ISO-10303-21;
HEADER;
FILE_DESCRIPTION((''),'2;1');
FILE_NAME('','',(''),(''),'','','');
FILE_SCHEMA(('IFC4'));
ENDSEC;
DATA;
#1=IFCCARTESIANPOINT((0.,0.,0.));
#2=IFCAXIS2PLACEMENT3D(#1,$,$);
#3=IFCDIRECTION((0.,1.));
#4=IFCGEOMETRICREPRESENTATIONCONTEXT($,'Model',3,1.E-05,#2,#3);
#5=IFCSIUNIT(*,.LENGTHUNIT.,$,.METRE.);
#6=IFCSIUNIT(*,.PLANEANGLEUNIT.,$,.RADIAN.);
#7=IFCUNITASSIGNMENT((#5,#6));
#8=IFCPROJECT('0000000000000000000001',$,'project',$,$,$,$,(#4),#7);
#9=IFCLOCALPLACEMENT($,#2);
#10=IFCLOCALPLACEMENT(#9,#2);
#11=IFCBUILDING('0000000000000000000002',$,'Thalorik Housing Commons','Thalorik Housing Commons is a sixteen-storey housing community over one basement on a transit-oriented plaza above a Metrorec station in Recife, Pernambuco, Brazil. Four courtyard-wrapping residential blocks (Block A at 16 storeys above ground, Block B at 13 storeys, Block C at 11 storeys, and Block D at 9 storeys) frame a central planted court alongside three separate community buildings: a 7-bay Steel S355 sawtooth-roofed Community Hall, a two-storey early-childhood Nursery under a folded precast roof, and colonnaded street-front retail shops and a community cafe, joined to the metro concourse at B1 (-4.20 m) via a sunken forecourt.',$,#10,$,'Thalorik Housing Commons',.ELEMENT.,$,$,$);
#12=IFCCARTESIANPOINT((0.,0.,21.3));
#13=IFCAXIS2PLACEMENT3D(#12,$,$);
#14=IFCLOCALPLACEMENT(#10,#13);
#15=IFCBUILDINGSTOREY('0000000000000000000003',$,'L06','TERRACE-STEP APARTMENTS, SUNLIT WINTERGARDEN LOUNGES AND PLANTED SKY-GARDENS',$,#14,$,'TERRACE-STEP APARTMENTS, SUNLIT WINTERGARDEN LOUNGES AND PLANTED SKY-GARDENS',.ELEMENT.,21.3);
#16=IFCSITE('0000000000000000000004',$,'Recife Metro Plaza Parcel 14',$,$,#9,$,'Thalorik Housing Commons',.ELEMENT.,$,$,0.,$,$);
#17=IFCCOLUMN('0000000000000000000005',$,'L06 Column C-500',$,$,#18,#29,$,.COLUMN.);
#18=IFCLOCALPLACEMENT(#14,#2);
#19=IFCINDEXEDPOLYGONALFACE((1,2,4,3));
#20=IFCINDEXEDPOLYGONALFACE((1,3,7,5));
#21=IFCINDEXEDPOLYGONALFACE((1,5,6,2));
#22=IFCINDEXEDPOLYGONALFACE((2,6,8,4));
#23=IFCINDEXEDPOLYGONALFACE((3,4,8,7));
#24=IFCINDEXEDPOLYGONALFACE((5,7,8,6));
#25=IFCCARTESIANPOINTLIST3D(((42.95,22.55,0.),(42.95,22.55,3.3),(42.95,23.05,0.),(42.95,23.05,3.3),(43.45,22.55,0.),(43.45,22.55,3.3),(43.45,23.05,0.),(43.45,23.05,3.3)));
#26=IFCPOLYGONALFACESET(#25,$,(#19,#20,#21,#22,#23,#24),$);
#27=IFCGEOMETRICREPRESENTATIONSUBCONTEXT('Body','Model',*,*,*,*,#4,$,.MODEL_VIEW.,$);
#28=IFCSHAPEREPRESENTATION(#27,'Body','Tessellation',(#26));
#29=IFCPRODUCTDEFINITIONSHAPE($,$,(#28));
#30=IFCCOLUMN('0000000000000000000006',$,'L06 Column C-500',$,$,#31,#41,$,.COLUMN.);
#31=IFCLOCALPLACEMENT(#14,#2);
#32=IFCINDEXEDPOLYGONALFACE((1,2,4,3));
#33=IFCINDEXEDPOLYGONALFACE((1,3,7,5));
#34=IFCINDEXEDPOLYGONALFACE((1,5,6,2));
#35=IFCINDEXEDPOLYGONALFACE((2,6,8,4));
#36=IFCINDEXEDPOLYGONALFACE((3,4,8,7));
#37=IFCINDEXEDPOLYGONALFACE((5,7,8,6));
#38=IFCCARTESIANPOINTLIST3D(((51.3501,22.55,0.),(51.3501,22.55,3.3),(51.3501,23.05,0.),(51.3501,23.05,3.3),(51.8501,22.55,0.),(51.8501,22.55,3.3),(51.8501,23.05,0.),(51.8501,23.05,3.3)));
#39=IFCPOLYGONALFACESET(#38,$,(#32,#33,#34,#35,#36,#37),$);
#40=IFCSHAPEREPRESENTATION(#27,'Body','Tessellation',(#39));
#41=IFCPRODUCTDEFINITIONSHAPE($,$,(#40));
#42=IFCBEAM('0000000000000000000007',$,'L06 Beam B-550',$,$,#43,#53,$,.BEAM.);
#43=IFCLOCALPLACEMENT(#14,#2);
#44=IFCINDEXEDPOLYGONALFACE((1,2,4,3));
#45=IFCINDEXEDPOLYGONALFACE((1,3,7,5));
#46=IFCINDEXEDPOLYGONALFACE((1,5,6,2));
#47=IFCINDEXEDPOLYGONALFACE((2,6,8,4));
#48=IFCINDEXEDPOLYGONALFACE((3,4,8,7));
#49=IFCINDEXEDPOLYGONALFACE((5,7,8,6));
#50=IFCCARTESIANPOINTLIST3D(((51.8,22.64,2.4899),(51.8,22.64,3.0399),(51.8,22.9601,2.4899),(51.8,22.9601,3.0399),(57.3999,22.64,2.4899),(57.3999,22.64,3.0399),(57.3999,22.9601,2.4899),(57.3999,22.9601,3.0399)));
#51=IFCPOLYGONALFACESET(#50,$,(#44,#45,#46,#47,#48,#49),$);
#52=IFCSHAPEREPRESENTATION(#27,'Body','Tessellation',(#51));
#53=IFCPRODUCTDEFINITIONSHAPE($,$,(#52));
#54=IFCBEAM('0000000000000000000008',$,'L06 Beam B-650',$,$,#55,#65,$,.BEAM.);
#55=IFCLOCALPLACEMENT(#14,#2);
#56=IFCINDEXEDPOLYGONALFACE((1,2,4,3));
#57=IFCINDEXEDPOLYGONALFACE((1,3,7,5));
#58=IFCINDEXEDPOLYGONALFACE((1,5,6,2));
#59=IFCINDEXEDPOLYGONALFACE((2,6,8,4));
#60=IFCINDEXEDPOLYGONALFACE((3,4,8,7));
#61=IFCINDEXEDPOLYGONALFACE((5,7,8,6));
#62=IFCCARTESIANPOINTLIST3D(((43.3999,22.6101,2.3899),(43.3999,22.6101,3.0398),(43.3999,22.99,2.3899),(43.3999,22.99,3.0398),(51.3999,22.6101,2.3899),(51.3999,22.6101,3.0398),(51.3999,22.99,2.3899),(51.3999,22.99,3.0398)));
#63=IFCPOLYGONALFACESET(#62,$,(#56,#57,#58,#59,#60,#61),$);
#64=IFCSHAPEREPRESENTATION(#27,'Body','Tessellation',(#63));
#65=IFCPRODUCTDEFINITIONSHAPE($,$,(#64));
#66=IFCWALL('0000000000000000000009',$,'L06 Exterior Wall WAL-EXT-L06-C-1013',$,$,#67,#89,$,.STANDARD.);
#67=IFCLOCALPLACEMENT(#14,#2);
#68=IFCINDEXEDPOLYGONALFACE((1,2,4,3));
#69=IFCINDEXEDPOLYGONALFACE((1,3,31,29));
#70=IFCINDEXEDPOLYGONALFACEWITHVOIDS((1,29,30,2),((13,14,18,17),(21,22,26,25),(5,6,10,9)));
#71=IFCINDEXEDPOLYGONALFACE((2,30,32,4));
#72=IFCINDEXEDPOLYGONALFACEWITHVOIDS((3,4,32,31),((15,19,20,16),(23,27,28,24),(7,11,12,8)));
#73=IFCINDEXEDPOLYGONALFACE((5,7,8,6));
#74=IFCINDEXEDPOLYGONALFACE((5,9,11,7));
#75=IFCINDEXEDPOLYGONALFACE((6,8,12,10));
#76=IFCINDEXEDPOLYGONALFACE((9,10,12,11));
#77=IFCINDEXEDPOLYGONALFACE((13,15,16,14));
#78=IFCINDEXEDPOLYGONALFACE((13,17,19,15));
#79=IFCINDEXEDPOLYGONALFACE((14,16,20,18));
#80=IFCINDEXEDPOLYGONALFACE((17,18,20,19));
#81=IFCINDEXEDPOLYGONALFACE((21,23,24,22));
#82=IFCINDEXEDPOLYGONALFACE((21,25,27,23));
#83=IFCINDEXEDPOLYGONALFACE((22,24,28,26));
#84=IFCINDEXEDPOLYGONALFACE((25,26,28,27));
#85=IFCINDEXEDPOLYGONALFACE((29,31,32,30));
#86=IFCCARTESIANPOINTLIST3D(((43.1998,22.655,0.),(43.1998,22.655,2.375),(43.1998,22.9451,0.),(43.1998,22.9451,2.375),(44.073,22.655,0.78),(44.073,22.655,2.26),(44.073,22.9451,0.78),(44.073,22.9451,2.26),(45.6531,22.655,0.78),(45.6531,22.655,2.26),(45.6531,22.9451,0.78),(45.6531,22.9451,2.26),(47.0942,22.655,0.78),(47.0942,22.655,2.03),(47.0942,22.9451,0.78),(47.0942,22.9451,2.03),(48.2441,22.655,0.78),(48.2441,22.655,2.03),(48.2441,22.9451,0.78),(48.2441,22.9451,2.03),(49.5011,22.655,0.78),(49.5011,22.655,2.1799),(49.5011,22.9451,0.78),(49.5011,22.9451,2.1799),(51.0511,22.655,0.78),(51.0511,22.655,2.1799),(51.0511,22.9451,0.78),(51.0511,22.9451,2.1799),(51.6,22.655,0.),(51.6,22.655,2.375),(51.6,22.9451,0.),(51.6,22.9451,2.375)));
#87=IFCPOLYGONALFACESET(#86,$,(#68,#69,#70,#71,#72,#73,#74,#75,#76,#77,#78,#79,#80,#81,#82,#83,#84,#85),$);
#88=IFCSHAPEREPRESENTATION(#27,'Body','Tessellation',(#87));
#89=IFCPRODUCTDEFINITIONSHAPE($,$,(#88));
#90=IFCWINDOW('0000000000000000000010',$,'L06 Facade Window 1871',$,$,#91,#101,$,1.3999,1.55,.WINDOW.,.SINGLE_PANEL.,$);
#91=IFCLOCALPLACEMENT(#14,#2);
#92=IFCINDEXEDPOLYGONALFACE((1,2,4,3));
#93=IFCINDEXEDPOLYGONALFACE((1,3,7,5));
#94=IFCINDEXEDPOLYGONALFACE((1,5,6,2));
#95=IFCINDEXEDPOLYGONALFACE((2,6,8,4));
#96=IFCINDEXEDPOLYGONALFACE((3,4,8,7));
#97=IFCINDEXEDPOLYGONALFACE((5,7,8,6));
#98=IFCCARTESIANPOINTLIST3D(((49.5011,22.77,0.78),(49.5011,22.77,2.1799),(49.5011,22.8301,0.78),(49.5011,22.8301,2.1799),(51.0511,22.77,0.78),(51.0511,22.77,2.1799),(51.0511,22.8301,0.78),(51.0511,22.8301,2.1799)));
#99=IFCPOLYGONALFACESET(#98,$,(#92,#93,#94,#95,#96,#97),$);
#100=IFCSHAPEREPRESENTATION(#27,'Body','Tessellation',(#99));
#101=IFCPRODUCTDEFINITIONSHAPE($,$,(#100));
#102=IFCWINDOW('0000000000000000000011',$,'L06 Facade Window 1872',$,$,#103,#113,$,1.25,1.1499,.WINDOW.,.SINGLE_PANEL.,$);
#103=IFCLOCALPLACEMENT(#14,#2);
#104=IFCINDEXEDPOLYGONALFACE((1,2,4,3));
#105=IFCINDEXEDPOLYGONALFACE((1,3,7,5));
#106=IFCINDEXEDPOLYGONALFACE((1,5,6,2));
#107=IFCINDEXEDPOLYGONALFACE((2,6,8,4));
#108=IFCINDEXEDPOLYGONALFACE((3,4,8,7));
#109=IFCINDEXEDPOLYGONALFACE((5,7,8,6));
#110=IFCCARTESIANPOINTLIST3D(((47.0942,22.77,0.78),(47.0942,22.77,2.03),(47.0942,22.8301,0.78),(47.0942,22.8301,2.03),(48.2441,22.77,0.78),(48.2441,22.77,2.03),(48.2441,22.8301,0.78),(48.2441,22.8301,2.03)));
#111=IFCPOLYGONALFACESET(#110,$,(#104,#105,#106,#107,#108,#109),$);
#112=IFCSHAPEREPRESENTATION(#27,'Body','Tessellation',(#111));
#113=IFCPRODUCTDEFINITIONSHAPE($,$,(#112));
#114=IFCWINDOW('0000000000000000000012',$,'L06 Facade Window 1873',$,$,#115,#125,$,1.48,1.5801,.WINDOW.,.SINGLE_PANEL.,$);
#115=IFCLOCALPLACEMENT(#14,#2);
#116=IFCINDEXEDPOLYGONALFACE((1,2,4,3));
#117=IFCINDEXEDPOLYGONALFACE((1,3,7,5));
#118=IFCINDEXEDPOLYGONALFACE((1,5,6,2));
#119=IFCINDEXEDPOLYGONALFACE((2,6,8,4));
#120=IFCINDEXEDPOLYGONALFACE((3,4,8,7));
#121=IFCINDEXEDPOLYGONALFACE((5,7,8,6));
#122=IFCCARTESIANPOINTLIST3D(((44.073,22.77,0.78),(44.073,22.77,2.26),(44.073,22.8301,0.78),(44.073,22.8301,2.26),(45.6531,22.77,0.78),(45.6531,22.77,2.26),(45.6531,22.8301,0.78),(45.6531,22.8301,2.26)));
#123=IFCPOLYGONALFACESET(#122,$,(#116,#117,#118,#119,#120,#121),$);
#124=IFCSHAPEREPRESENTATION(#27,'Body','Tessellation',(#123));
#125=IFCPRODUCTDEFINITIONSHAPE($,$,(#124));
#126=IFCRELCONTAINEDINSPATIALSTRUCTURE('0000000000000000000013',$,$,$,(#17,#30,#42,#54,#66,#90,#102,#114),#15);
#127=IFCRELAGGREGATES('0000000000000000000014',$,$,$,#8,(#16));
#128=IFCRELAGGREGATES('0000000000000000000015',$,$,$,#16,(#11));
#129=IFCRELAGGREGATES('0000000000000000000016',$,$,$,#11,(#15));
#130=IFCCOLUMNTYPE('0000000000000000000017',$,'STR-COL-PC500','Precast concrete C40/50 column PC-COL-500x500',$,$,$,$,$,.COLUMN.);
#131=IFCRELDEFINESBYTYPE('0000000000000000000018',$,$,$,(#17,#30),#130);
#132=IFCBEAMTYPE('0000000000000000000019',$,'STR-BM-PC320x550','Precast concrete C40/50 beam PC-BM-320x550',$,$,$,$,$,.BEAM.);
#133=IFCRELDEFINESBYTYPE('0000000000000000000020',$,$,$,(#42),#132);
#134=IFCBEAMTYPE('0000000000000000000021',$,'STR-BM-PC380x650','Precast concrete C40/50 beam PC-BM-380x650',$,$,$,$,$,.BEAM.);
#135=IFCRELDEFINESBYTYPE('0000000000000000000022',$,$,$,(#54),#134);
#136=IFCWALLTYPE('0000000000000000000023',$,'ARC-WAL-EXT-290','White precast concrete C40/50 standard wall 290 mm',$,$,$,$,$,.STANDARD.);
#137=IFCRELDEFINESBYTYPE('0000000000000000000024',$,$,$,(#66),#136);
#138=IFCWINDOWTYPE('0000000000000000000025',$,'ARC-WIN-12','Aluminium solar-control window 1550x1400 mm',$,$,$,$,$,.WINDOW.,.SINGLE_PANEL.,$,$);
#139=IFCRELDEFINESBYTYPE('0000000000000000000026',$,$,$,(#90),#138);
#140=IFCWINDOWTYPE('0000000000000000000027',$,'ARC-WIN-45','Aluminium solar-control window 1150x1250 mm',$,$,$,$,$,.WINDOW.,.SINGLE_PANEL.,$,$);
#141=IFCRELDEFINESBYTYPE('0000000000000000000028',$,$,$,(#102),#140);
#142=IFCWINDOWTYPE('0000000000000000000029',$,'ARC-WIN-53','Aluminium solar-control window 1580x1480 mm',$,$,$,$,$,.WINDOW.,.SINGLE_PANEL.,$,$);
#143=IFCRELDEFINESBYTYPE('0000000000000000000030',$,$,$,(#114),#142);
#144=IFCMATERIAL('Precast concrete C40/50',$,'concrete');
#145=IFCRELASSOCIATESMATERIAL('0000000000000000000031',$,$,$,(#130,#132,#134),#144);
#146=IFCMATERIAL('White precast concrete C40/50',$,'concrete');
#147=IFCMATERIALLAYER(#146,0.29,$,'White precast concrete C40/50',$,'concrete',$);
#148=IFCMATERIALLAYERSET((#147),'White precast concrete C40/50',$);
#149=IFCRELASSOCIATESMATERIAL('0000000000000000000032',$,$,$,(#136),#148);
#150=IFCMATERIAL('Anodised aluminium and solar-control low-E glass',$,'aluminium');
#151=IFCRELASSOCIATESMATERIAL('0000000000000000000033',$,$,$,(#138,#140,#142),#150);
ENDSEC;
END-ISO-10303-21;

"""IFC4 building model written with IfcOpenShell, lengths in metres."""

from ifc_helpers import new_model, si_unit, direction, frame, frame_2d, origin, origin_2d, place, context, subcontext, project, spatial, rectangle, extrude, material, layer, layer_set, material_profile, profile_set, type_object, element, fill, save


model = new_model("IFC4")

# Units and contexts
model_context = context("Model", 3, precision=1e-05, world=origin(), true_north=direction((0.0, 1.0)))
body_context = subcontext(model_context, "Body", "Model", "MODEL_VIEW")
ifc_project = project(units=[si_unit("LENGTHUNIT", "METRE"), si_unit("PLANEANGLEUNIT", "RADIAN")], contexts=[model_context])

# Site, building, storey
site_placement = place(None, origin())
site = spatial("IfcSite", under=ifc_project, at=site_placement, Name="Recife Metro Plaza Parcel 14", LongName="Thalorik Housing Commons", CompositionType="ELEMENT", RefElevation=0.0)
building_placement = place(site_placement, origin())
building = spatial("IfcBuilding", under=site, at=building_placement, Name="Thalorik Housing Commons", Description="Thalorik Housing Commons is a sixteen-storey housing community over one basement on a transit-oriented plaza above a Metrorec station in Recife, Pernambuco, Brazil. Four courtyard-wrapping residential blocks (Block A at 16 storeys above ground, Block B at 13 storeys, Block C at 11 storeys, and Block D at 9 storeys) frame a central planted court alongside three separate community buildings: a 7-bay Steel S355 sawtooth-roofed Community Hall, a two-storey early-childhood Nursery under a folded precast roof, and colonnaded street-front retail shops and a community cafe, joined to the metro concourse at B1 (-4.20 m) via a sunken forecourt.", LongName="Thalorik Housing Commons", CompositionType="ELEMENT")
storey_placement = place(building_placement, frame((0.0, 0.0, 21.3)))
storey = spatial("IfcBuildingStorey", under=building, at=storey_placement, Name="L06", Description="TERRACE-STEP APARTMENTS, SUNLIT WINTERGARDEN LOUNGES AND PLANTED SKY-GARDENS", LongName="TERRACE-STEP APARTMENTS, SUNLIT WINTERGARDEN LOUNGES AND PLANTED SKY-GARDENS", CompositionType="ELEMENT", Elevation=21.3)

# Columns
ifc_material_1 = material(Name="Precast concrete C40/50", Category="concrete")
ifc_material_profile_1 = material_profile(ifc_material_1, rectangle(XDim=0.5, YDim=0.5, at=origin_2d()), Name="PC 500x500", Category="concrete")
ifc_profile_set_1 = profile_set([ifc_material_profile_1], Name="Precast concrete C40/50")
column_type = type_object("IfcColumnType", Name="STR-COL-PC500", Description="Precast concrete C40/50 column PC-COL-500x500", PredefinedType="COLUMN", material=ifc_profile_set_1)
for number, where, z_axis, x_axis, name in (
    (1, (43.2, 22.8, 0.0), (0.0, 0.0, 1.0), (1.0, 0.0, 0.0), "L06 Column C-500"),
    (2, (51.6001, 22.8, 0.0), (0.0, 0.0, 1.0), (1.0, 0.0, 0.0), "L06 Column C-500"),
):
    element("IfcColumn", number, at=place(storey_placement, frame(where, z_axis=z_axis, x_axis=x_axis)), inside=storey, type_object=column_type, Name=name, PredefinedType="COLUMN", context=body_context, shape_type="SweptSolid", body=[
        extrude(rectangle(XDim=0.5, YDim=0.5, at=origin_2d()), origin(), (0.0, 0.0, 1.0), 3.3),
    ])

# Beams
ifc_material_profile_2 = material_profile(ifc_material_1, rectangle(XDim=0.3201, YDim=0.55, at=origin_2d()), Name="PC 320x550", Category="concrete")
ifc_profile_set_2 = profile_set([ifc_material_profile_2], Name="Precast concrete C40/50")
beam_type_1 = type_object("IfcBeamType", Name="STR-BM-PC320x550", Description="Precast concrete C40/50 beam PC-BM-320x550", PredefinedType="BEAM", material=ifc_profile_set_2)
beam_1_placement = place(storey_placement, frame((51.8, 22.8, 2.7649), z_axis=(1.0, 0.0, 0.0), x_axis=(0.0, 1.0, 0.0)))
element("IfcBeam", 3, at=beam_1_placement, inside=storey, type_object=beam_type_1, Name="L06 Beam B-550", PredefinedType="BEAM", context=body_context, shape_type="SweptSolid", body=[
    extrude(rectangle(XDim=0.3201, YDim=0.55, at=origin_2d()), origin(), (0.0, 0.0, 1.0), 5.5999),
])
ifc_material_profile_3 = material_profile(ifc_material_1, rectangle(XDim=0.3799, YDim=0.6499, at=origin_2d()), Name="PC 380x650", Category="concrete")
ifc_profile_set_3 = profile_set([ifc_material_profile_3], Name="Precast concrete C40/50")
beam_type_2 = type_object("IfcBeamType", Name="STR-BM-PC380x650", Description="Precast concrete C40/50 beam PC-BM-380x650", PredefinedType="BEAM", material=ifc_profile_set_3)
beam_2_placement = place(storey_placement, frame((43.3999, 22.8, 2.7148), z_axis=(1.0, 0.0, 0.0), x_axis=(0.0, 1.0, 0.0)))
element("IfcBeam", 4, at=beam_2_placement, inside=storey, type_object=beam_type_2, Name="L06 Beam B-650", PredefinedType="BEAM", context=body_context, shape_type="SweptSolid", body=[
    extrude(rectangle(XDim=0.3799, YDim=0.6499, at=origin_2d()), origin(), (0.0, 0.0, 1.0), 8.0),
])

# Wall, openings, windows
ifc_material_2 = material(Name="White precast concrete C40/50", Category="concrete")
ifc_layer_1 = layer(ifc_material_2, 0.29, Name="White precast concrete C40/50", Category="concrete")
ifc_layer_set_1 = layer_set([ifc_layer_1], Name="White precast concrete C40/50")
wall_type_1 = type_object("IfcWallType", Name="ARC-WAL-EXT-290", Description="White precast concrete C40/50 standard wall 290 mm", PredefinedType="STANDARD", material=ifc_layer_set_1)
wall_1_placement = place(storey_placement, frame((51.6001, 22.8, 0.0), z_axis=(0.0, 0.0, 1.0), x_axis=(-1.0, 0.0, 0.0)))
wall_1 = element("IfcWall", 5, at=wall_1_placement, inside=storey, type_object=wall_type_1, Name="L06 Exterior Wall WAL-EXT-L06-C-1013", PredefinedType="STANDARD", context=body_context, shape_type="SweptSolid", body=[
    extrude(rectangle(XDim=8.4001, YDim=0.29, at=frame_2d((4.2002, 0.0))), origin(), (0.0, 0.0, 1.0), 2.375),
])
opening_1_placement = place(wall_1_placement, frame((0.5491, 0.0, 0.78)))
opening_1 = element("IfcOpeningElement", 6, at=opening_1_placement, cuts=wall_1, PredefinedType="OPENING", context=body_context, shape_type="SweptSolid", body=[
    extrude(rectangle(XDim=1.55, YDim=1.3999, at=frame_2d((0.7749, 0.7))), frame((0.0, 0.155, 0.0), z_axis=(0.0, -1.0, 0.0), x_axis=(1.0, 0.0, 0.0)), (0.0, 0.0, 1.0), 0.3101),
])
opening_2_placement = place(wall_1_placement, frame((3.356, 0.0, 0.78)))
opening_2 = element("IfcOpeningElement", 7, at=opening_2_placement, cuts=wall_1, PredefinedType="OPENING", context=body_context, shape_type="SweptSolid", body=[
    extrude(rectangle(XDim=1.1499, YDim=1.25, at=frame_2d((0.575, 0.625))), frame((0.0, 0.155, 0.0), z_axis=(0.0, -1.0, 0.0), x_axis=(1.0, 0.0, 0.0)), (0.0, 0.0, 1.0), 0.3101),
])
opening_3_placement = place(wall_1_placement, frame((5.947, 0.0, 0.78)))
opening_3 = element("IfcOpeningElement", 8, at=opening_3_placement, cuts=wall_1, PredefinedType="OPENING", context=body_context, shape_type="SweptSolid", body=[
    extrude(rectangle(XDim=1.5801, YDim=1.48, at=frame_2d((0.79, 0.74))), frame((0.0, 0.155, 0.0), z_axis=(0.0, -1.0, 0.0), x_axis=(1.0, 0.0, 0.0)), (0.0, 0.0, 1.0), 0.3101),
])
ifc_material_3 = material(Name="Anodised aluminium and solar-control low-E glass", Category="aluminium")
window_type_1 = type_object("IfcWindowType", Name="ARC-WIN-12", Description="Aluminium solar-control window 1550x1400 mm", PartitioningType="SINGLE_PANEL", PredefinedType="WINDOW", material=ifc_material_3)
window_1_placement = place(opening_1_placement, origin())
window_1 = element("IfcWindow", 9, at=window_1_placement, inside=storey, type_object=window_type_1, Name="L06 Facade Window 1871", OverallHeight=1.3999, OverallWidth=1.55, PartitioningType="SINGLE_PANEL", PredefinedType="WINDOW", context=body_context, shape_type="SweptSolid", body=[
    extrude(rectangle(XDim=1.55, YDim=1.3999, at=frame_2d((0.7749, 0.7))), frame((0.0, 0.03, 0.0), z_axis=(0.0, -1.0, 0.0), x_axis=(1.0, 0.0, 0.0)), (0.0, 0.0, 1.0), 0.0601),
])
fill(opening_1, window_1)
window_type_2 = type_object("IfcWindowType", Name="ARC-WIN-45", Description="Aluminium solar-control window 1150x1250 mm", PartitioningType="SINGLE_PANEL", PredefinedType="WINDOW", material=ifc_material_3)
window_2_placement = place(opening_2_placement, origin())
window_2 = element("IfcWindow", 10, at=window_2_placement, inside=storey, type_object=window_type_2, Name="L06 Facade Window 1872", OverallHeight=1.25, OverallWidth=1.1499, PartitioningType="SINGLE_PANEL", PredefinedType="WINDOW", context=body_context, shape_type="SweptSolid", body=[
    extrude(rectangle(XDim=1.1499, YDim=1.25, at=frame_2d((0.575, 0.625))), frame((0.0, 0.03, 0.0), z_axis=(0.0, -1.0, 0.0), x_axis=(1.0, 0.0, 0.0)), (0.0, 0.0, 1.0), 0.0601),
])
fill(opening_2, window_2)
window_type_3 = type_object("IfcWindowType", Name="ARC-WIN-53", Description="Aluminium solar-control window 1580x1480 mm", PartitioningType="SINGLE_PANEL", PredefinedType="WINDOW", material=ifc_material_3)
window_3_placement = place(opening_3_placement, origin())
window_3 = element("IfcWindow", 11, at=window_3_placement, inside=storey, type_object=window_type_3, Name="L06 Facade Window 1873", OverallHeight=1.48, OverallWidth=1.5801, PartitioningType="SINGLE_PANEL", PredefinedType="WINDOW", context=body_context, shape_type="SweptSolid", body=[
    extrude(rectangle(XDim=1.5801, YDim=1.48, at=frame_2d((0.79, 0.74))), frame((0.0, 0.03, 0.0), z_axis=(0.0, -1.0, 0.0), x_axis=(1.0, 0.0, 0.0)), (0.0, 0.0, 1.0), 0.0601),
])
fill(opening_3, window_3)

save(model, "model.ifc")
